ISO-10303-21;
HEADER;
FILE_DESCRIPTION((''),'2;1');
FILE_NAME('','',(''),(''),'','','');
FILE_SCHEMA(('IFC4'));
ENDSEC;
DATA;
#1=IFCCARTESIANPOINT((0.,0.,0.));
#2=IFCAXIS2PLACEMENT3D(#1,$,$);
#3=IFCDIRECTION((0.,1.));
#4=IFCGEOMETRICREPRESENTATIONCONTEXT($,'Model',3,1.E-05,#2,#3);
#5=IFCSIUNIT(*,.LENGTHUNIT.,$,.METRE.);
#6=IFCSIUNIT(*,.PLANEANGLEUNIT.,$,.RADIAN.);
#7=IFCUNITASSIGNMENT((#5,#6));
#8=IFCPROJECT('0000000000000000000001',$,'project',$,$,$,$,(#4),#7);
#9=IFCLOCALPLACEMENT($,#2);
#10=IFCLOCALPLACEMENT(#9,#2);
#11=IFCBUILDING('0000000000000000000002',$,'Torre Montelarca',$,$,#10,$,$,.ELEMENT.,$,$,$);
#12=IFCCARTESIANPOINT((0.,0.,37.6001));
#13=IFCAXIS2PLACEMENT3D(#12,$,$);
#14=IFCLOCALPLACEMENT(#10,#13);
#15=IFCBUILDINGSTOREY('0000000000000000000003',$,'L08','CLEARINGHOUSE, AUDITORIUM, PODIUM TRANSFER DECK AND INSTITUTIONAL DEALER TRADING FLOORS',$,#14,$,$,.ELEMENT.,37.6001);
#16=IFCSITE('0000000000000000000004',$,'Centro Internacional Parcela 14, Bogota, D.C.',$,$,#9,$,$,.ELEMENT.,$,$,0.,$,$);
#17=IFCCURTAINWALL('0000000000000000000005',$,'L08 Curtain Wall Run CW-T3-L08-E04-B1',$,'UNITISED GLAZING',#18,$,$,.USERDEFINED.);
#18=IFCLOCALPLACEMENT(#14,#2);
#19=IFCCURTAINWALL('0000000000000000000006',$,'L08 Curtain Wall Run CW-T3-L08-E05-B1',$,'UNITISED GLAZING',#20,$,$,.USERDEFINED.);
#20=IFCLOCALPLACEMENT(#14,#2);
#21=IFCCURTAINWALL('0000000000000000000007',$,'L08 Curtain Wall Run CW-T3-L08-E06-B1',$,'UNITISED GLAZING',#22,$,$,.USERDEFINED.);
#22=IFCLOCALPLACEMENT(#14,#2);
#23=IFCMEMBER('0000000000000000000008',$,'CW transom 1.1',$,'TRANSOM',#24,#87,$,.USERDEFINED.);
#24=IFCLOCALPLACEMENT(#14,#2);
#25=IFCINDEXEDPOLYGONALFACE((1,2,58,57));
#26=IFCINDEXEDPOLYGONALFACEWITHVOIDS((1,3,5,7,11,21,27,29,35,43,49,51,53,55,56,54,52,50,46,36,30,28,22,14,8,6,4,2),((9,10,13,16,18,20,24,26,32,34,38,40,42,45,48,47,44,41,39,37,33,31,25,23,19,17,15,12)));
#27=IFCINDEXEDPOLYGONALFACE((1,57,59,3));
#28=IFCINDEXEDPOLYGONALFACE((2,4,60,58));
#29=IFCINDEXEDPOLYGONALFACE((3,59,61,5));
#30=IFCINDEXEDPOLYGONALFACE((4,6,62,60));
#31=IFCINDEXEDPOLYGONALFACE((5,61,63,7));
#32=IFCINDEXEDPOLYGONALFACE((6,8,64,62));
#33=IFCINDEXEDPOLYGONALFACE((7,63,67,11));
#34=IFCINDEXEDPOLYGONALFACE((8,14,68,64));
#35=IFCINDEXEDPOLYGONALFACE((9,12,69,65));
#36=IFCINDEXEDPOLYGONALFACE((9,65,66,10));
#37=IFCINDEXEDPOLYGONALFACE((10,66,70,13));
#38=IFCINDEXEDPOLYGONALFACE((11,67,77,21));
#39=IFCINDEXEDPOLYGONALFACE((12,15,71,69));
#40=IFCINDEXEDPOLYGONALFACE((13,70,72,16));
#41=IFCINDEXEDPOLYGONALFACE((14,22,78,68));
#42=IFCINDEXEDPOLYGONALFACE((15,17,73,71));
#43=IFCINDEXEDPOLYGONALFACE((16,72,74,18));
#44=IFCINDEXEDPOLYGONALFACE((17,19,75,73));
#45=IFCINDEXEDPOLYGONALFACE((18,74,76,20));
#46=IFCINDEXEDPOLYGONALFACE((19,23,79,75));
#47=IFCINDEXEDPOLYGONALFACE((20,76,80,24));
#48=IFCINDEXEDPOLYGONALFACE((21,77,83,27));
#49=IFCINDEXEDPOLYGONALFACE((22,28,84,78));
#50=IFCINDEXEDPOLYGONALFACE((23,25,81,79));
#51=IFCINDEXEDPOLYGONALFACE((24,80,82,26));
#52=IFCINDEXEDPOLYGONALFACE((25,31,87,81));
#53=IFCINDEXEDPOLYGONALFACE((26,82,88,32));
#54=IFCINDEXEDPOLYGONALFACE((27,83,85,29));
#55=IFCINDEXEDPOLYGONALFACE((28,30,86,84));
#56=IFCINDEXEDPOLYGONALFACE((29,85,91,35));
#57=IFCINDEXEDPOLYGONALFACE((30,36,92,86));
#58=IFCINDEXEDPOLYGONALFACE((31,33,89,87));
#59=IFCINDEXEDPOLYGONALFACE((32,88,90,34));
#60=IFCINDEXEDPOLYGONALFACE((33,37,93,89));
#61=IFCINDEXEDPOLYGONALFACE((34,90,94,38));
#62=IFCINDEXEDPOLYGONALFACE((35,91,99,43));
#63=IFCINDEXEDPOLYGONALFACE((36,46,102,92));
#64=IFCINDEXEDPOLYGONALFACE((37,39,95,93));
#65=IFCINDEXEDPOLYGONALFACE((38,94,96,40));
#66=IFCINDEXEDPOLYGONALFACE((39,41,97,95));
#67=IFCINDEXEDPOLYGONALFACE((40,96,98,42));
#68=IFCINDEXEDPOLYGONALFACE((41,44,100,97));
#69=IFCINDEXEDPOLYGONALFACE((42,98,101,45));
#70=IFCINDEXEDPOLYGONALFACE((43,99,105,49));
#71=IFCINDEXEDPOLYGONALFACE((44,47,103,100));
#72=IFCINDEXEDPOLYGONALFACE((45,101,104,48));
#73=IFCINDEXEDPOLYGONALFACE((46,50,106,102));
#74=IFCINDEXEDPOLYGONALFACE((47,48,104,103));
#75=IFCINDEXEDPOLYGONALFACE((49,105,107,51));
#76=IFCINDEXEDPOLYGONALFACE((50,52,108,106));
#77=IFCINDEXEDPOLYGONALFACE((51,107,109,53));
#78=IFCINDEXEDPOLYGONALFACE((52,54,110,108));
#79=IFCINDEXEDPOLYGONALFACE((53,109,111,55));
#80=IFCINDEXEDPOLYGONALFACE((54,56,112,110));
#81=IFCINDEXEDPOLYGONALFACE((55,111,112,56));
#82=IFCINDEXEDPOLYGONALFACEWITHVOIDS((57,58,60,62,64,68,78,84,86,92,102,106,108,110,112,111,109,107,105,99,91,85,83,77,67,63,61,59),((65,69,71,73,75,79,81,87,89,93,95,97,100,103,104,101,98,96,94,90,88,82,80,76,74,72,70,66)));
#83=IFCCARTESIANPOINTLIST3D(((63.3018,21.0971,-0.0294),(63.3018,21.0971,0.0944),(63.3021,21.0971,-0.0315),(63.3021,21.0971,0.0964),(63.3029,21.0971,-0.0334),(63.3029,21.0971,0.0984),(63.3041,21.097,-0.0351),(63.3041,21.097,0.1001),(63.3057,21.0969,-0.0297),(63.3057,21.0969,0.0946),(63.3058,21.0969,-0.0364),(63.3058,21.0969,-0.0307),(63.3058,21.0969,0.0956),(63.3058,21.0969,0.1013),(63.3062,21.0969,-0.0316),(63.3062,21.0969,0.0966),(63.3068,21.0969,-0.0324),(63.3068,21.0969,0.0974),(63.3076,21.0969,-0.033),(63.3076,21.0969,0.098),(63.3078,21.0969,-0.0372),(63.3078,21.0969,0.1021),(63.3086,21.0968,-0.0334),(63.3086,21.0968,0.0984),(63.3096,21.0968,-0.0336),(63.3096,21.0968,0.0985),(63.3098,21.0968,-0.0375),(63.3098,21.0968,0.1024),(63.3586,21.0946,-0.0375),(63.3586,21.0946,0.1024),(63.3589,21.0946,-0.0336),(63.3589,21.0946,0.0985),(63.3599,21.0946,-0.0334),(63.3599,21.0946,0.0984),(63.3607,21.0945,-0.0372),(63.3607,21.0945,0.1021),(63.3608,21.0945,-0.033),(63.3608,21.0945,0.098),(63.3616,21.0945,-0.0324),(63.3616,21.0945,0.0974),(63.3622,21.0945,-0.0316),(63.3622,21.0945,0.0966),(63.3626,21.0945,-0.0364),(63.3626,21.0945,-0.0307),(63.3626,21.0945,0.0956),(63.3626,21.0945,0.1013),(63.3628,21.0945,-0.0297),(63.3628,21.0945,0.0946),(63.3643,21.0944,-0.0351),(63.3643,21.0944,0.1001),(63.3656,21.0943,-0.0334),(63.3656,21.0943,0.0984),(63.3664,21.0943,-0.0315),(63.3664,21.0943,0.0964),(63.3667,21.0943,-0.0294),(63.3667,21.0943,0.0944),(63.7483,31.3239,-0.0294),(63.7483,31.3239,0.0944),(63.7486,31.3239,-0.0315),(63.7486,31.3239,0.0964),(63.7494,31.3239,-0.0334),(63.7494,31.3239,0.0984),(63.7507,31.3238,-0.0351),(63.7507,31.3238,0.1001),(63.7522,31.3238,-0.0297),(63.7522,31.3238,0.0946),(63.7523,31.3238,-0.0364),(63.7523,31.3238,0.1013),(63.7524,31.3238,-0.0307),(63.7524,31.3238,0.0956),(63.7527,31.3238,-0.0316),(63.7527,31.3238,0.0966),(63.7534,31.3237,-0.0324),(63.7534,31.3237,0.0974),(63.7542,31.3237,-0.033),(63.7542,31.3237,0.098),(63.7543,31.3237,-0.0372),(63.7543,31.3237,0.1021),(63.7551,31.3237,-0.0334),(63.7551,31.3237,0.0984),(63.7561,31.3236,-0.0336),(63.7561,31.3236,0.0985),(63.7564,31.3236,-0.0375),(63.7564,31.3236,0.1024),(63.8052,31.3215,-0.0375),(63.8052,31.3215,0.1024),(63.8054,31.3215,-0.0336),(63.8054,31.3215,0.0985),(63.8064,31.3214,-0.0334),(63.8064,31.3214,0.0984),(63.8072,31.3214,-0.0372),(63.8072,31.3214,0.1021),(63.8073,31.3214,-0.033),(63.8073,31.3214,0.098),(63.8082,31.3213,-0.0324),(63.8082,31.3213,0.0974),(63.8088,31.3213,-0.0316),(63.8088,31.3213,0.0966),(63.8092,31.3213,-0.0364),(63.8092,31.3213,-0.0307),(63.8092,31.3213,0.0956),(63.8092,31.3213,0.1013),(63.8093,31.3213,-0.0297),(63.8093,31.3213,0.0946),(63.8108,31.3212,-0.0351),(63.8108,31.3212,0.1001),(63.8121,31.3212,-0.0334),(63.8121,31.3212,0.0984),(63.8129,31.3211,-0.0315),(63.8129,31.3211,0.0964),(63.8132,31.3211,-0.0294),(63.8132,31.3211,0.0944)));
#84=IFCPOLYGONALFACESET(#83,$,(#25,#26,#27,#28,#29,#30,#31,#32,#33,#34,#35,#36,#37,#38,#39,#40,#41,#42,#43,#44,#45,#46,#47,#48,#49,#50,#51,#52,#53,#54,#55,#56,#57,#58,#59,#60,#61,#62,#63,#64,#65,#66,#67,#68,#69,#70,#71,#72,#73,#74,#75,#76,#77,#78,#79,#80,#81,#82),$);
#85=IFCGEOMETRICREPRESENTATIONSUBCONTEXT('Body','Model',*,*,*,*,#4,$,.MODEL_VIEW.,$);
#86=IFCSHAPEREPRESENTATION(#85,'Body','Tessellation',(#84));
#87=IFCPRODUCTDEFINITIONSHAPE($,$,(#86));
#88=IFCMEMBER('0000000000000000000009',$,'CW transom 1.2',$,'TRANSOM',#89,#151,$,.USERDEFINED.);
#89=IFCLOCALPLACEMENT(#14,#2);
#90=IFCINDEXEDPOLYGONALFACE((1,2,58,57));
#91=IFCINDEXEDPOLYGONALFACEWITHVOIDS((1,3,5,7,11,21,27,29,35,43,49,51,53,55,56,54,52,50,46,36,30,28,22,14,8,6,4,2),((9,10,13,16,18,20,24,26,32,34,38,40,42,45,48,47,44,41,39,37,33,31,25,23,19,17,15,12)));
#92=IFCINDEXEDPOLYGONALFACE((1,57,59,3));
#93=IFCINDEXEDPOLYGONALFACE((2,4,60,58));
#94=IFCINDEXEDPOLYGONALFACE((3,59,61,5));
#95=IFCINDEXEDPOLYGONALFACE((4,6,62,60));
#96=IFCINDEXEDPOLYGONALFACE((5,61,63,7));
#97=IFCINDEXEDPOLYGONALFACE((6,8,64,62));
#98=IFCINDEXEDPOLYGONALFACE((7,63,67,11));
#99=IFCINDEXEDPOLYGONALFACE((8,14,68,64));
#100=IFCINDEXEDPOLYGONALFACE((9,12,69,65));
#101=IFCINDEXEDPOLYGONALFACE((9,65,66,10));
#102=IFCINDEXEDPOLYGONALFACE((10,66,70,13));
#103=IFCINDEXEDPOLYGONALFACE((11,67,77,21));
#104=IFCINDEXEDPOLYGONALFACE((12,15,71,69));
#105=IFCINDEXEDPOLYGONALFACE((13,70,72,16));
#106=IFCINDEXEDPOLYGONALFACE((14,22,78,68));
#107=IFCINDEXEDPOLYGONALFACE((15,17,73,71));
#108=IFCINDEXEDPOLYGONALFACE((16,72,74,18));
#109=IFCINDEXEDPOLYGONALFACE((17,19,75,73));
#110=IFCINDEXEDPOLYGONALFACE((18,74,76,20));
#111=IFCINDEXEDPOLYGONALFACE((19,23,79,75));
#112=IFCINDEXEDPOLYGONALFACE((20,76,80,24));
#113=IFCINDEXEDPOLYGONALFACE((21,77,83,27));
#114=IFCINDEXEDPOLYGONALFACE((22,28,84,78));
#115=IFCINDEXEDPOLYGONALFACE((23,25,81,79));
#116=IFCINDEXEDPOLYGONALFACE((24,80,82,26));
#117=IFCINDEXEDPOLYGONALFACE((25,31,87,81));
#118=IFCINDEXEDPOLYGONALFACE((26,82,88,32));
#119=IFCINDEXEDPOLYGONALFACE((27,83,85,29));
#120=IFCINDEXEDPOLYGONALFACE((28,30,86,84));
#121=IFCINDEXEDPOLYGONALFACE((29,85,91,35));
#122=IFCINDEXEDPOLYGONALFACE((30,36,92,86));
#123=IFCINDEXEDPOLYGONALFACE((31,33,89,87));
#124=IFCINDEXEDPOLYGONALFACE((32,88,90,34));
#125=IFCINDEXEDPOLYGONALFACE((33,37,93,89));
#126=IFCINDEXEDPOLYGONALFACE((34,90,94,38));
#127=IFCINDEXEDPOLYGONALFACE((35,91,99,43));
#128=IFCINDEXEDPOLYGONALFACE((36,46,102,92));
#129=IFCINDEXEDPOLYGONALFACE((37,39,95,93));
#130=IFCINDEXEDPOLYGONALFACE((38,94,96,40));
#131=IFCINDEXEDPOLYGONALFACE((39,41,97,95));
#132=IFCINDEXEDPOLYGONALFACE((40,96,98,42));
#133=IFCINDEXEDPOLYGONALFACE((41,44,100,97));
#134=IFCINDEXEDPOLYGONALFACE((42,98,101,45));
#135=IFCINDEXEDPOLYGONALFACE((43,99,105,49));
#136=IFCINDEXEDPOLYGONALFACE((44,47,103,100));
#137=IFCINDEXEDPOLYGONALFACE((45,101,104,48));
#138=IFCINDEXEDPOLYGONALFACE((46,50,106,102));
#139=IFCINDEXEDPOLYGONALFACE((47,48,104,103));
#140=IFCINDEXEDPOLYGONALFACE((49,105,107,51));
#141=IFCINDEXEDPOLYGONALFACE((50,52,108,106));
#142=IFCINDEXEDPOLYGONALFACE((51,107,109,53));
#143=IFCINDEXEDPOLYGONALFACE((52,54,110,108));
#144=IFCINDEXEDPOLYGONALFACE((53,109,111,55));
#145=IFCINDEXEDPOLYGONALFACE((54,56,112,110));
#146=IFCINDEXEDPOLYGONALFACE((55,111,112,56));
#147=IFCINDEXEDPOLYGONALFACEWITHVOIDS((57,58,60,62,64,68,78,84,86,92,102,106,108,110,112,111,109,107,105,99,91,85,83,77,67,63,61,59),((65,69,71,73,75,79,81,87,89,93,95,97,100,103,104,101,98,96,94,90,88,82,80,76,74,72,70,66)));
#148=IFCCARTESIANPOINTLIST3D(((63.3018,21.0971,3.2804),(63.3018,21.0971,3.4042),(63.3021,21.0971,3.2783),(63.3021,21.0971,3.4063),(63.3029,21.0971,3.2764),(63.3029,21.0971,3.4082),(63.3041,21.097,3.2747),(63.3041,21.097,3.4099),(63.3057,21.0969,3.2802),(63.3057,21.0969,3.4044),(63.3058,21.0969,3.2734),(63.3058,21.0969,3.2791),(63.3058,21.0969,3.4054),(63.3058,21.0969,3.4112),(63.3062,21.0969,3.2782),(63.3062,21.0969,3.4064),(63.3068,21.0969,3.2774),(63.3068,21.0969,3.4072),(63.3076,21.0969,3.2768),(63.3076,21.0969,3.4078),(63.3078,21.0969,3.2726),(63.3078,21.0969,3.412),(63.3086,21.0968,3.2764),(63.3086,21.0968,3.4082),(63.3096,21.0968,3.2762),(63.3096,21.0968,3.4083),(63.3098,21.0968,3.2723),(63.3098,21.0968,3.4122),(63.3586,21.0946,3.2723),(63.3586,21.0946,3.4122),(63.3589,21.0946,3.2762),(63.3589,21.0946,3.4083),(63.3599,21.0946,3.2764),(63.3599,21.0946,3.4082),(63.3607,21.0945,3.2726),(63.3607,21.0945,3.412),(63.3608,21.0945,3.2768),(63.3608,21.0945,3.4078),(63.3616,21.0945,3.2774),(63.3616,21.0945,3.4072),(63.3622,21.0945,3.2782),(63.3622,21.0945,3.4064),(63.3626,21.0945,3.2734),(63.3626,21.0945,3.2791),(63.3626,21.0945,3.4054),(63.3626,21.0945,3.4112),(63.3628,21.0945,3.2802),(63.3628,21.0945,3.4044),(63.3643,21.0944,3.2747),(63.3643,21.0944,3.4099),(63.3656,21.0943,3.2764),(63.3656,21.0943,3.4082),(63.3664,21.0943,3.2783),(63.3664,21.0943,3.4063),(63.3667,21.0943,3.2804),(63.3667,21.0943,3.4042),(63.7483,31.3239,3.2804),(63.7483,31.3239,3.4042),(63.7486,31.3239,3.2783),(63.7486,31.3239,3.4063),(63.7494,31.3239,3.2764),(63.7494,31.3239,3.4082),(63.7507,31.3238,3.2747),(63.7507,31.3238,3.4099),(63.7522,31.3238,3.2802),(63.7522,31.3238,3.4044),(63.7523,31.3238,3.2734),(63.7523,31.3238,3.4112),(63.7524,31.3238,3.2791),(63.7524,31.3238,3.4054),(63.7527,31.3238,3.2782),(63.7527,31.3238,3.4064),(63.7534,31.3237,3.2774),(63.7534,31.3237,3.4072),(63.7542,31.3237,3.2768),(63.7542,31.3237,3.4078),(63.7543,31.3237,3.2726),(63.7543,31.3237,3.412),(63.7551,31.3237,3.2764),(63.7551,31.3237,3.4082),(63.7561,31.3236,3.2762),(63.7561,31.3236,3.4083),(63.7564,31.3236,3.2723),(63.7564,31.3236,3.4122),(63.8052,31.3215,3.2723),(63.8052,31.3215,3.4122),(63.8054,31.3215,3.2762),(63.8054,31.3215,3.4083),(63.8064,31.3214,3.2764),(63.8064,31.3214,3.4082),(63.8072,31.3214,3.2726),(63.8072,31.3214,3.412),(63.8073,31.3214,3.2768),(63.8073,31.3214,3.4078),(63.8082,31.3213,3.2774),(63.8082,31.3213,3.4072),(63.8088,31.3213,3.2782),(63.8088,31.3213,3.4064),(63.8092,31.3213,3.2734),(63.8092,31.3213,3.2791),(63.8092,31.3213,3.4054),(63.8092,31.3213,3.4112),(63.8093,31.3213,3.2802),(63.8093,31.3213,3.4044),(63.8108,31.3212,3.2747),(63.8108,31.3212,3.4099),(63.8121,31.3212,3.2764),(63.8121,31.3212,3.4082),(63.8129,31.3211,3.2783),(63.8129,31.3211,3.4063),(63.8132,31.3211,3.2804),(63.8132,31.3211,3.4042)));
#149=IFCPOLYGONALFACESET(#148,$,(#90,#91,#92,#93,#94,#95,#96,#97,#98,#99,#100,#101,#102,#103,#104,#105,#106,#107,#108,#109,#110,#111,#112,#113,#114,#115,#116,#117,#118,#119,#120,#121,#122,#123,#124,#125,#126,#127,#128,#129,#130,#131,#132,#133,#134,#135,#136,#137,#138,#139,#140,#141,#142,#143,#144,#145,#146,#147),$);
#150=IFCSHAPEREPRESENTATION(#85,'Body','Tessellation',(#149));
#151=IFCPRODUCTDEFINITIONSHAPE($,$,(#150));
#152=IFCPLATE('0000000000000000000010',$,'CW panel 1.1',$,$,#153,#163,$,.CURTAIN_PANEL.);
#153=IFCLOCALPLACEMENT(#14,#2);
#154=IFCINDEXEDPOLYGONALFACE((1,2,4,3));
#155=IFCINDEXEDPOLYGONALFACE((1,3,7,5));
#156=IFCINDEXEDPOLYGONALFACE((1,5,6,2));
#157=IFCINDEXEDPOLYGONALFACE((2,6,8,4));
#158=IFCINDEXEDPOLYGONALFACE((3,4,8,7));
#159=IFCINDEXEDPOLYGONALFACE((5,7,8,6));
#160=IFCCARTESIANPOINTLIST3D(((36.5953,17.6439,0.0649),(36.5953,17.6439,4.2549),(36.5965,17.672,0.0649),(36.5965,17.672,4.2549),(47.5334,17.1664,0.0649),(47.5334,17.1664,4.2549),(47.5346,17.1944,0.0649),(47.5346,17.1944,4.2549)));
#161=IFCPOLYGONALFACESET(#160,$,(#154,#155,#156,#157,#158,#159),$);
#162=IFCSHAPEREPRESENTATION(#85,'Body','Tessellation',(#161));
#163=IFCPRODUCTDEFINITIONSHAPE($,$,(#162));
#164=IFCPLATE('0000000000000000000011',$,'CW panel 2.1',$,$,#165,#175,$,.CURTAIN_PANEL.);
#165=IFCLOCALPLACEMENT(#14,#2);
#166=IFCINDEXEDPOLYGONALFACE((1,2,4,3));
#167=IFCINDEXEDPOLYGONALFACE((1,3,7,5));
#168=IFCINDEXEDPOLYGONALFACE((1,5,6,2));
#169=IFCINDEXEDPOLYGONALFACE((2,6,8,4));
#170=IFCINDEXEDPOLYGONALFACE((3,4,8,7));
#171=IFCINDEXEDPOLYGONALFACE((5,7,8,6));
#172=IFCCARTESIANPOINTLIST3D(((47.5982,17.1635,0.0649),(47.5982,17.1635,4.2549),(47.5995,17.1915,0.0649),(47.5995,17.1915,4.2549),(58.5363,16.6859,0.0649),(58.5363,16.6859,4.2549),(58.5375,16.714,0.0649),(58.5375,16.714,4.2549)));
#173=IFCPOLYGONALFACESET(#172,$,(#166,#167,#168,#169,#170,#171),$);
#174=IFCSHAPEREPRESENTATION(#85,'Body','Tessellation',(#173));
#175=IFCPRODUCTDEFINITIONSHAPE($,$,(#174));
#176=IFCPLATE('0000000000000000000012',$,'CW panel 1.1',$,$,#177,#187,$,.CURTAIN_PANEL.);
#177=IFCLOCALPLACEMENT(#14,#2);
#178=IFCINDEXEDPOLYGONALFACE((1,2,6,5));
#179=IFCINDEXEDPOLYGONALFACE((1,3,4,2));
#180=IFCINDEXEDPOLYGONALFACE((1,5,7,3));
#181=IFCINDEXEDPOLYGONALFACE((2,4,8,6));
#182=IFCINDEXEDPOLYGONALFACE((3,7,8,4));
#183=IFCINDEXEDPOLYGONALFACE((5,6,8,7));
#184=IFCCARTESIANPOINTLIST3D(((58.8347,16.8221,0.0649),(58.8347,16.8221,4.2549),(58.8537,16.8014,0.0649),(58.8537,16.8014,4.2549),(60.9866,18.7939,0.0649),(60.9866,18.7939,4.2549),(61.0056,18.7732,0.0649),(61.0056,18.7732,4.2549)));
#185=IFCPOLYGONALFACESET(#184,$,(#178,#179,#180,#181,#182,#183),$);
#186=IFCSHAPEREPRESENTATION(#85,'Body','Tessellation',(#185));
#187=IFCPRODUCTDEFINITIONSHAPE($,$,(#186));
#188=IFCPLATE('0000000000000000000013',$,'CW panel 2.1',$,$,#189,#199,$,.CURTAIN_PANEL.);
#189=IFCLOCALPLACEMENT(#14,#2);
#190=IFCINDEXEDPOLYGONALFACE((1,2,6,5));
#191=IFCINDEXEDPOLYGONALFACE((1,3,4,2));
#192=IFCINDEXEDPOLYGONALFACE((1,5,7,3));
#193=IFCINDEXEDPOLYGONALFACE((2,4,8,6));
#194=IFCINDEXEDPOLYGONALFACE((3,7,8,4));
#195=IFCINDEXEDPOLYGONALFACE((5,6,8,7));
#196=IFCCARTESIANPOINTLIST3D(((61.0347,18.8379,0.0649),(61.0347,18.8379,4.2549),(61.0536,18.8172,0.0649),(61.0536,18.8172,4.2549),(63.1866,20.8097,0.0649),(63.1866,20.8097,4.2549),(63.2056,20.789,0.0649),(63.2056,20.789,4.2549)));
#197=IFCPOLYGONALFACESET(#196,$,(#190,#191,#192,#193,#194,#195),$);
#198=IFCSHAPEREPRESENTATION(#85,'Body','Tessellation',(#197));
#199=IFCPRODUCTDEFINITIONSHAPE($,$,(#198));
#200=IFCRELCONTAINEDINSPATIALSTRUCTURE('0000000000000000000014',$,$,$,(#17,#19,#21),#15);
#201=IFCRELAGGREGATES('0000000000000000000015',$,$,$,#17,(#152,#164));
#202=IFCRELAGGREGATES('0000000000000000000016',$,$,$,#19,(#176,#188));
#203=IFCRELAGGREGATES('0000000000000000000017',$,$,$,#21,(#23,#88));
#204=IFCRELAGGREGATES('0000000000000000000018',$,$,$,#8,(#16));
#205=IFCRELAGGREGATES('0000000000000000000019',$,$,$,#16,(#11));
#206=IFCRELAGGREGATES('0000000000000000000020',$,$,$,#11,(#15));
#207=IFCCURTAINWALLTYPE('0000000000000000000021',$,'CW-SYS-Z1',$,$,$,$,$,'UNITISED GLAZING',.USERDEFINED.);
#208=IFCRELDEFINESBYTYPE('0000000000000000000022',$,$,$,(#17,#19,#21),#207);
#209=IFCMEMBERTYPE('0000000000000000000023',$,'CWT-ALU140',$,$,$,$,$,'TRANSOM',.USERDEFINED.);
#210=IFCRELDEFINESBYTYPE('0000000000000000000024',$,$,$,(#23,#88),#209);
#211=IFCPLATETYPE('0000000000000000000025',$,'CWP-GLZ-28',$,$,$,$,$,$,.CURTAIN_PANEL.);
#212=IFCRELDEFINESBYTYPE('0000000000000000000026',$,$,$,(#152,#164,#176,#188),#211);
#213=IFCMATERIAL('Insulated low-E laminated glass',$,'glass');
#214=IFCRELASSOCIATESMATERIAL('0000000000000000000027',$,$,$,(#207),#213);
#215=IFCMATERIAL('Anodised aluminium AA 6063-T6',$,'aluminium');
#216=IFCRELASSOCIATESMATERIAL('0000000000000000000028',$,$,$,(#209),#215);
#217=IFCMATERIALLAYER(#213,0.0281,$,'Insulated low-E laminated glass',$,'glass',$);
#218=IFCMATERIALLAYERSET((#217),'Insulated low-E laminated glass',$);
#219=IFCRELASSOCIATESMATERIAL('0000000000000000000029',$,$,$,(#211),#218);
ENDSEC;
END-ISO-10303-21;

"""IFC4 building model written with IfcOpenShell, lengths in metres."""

from ifc_helpers import new_model, si_unit, direction, frame, origin, origin_2d, place, context, subcontext, project, spatial, rectangle, hollow_rectangle, extrude, source, transform, mapped, material, layer, layer_set, material_profile, profile_set, type_object, element, aggregate, save


model = new_model("IFC4")

# Units and contexts
model_context = context("Model", 3, precision=1e-05, world=origin(), true_north=direction((0.0, 1.0)))
body_context = subcontext(model_context, "Body", "Model", "MODEL_VIEW")
ifc_project = project(units=[si_unit("LENGTHUNIT", "METRE"), si_unit("PLANEANGLEUNIT", "RADIAN")], contexts=[model_context])

# Site, building, storey
site_placement = place(None, origin())
site = spatial("IfcSite", under=ifc_project, at=site_placement, Name="Centro Internacional Parcela 14, Bogota, D.C.", CompositionType="ELEMENT", RefElevation=0.0)
building_placement = place(site_placement, origin())
building = spatial("IfcBuilding", under=site, at=building_placement, Name="Torre Montelarca", CompositionType="ELEMENT")
storey_placement = place(building_placement, frame((0.0, 0.0, 37.6001)))
storey = spatial("IfcBuildingStorey", under=building, at=storey_placement, Name="L08", Description="CLEARINGHOUSE, AUDITORIUM, PODIUM TRANSFER DECK AND INSTITUTIONAL DEALER TRADING FLOORS", CompositionType="ELEMENT", Elevation=37.6001)

# Curtain walls
ifc_material_1 = material(Name="Insulated low-E laminated glass", Category="glass")
curtain_wall_type = type_object("IfcCurtainWallType", Name="CW-SYS-Z1", ElementType="UNITISED GLAZING", PredefinedType="USERDEFINED", material=ifc_material_1)
curtain_wall_1_placement = place(storey_placement, origin())
curtain_wall_1 = element("IfcCurtainWall", 1, at=curtain_wall_1_placement, inside=storey, type_object=curtain_wall_type, Name="L08 Curtain Wall Run CW-T3-L08-E04-B1", ObjectType="UNITISED GLAZING", PredefinedType="USERDEFINED")
ifc_material_2 = material(Name="Anodised aluminium AA 6063-T6", Category="aluminium")
ifc_material_profile_1 = material_profile(ifc_material_2, hollow_rectangle(XDim=0.0649, YDim=0.1399, WallThickness=0.0039, InnerFilletRadius=0.0039, OuterFilletRadius=0.0081, at=origin_2d()), Name="ALU65X140X4", Category="aluminium")
ifc_profile_set_1 = profile_set([ifc_material_profile_1], Name="Anodised aluminium AA 6063-T6")
member_type_1 = type_object("IfcMemberType", Name="CWT-ALU140", ElementType="TRANSOM", PredefinedType="USERDEFINED", material=ifc_profile_set_1)
curtain_wall_2_placement = place(storey_placement, origin())
curtain_wall_2 = element("IfcCurtainWall", 2, at=curtain_wall_2_placement, inside=storey, type_object=curtain_wall_type, Name="L08 Curtain Wall Run CW-T3-L08-E05-B1", ObjectType="UNITISED GLAZING", PredefinedType="USERDEFINED")

# Curtain wall, members
curtain_wall_3_placement = place(storey_placement, origin())
curtain_wall_3 = element("IfcCurtainWall", 3, at=curtain_wall_3_placement, inside=storey, type_object=curtain_wall_type, Name="L08 Curtain Wall Run CW-T3-L08-E06-B1", ObjectType="UNITISED GLAZING", PredefinedType="USERDEFINED")
shared_shape_1 = source(origin(), body_context, "Body", "SweptSolid", [
    extrude(hollow_rectangle(XDim=0.0649, YDim=0.1399, WallThickness=0.0039, InnerFilletRadius=0.0039, OuterFilletRadius=0.0081, at=origin_2d()), origin(), (0.0, 0.0, 1.0), 10.2366),
])
member_1_placement = place(storey_placement, frame((63.3342, 21.0957, 0.0325), z_axis=(0.043621, 0.999048, 0.0), x_axis=(-0.999048, 0.043621, 0.0)))
member_1 = element("IfcMember", 4, at=member_1_placement, type_object=member_type_1, Name="CW transom 1.1", ObjectType="TRANSOM", PredefinedType="USERDEFINED", context=body_context, shape_type="MappedRepresentation", body=[
    mapped(shared_shape_1, transform((0.0, 0.0, 0.0), scale=1.0)),
])
member_2_placement = place(storey_placement, frame((63.3342, 21.0957, 3.3423), z_axis=(0.043621, 0.999048, 0.0), x_axis=(-0.999048, 0.043621, 0.0)))
member_2 = element("IfcMember", 5, at=member_2_placement, type_object=member_type_1, Name="CW transom 1.2", ObjectType="TRANSOM", PredefinedType="USERDEFINED", context=body_context, shape_type="MappedRepresentation", body=[
    mapped(shared_shape_1, transform((0.0, 0.0, 0.0), scale=1.0)),
])

# Plates
ifc_layer_1 = layer(ifc_material_1, 0.0281, Name="Insulated low-E laminated glass", Category="glass")
ifc_layer_set_1 = layer_set([ifc_layer_1], Name="Insulated low-E laminated glass")
plate_type = type_object("IfcPlateType", Name="CWP-GLZ-28", PredefinedType="CURTAIN_PANEL", material=ifc_layer_set_1)
shared_shape_2 = source(origin(), body_context, "Body", "SweptSolid", [
    extrude(rectangle(XDim=10.9485, YDim=0.0281, at=origin_2d()), origin(), (0.0, 0.0, 1.0), 4.1899),
])
plate_1_placement = place(storey_placement, frame((42.0649, 17.4192, 0.0649), z_axis=(0.0, 0.0, 1.0), x_axis=(0.999048, -0.043617, 0.0)))
plate_1 = element("IfcPlate", 6, at=plate_1_placement, type_object=plate_type, Name="CW panel 1.1", PredefinedType="CURTAIN_PANEL", context=body_context, shape_type="MappedRepresentation", body=[
    mapped(shared_shape_2, transform((0.0, 0.0, 0.0), scale=1.0)),
])
plate_2_placement = place(storey_placement, frame((53.0679, 16.9387, 0.0649), z_axis=(0.0, 0.0, 1.0), x_axis=(0.999048, -0.043617, 0.0)))
plate_2 = element("IfcPlate", 7, at=plate_2_placement, type_object=plate_type, Name="CW panel 2.1", PredefinedType="CURTAIN_PANEL", context=body_context, shape_type="MappedRepresentation", body=[
    mapped(shared_shape_2, transform((0.0, 0.0, 0.0), scale=1.0)),
])
aggregate(curtain_wall_1, [plate_1, plate_2])
shared_shape_3 = source(origin(), body_context, "Body", "SweptSolid", [
    extrude(rectangle(XDim=2.9187, YDim=0.0281, at=origin_2d()), origin(), (0.0, 0.0, 1.0), 4.1899),
])
plate_3_placement = place(storey_placement, frame((59.9202, 17.7976, 0.0649), z_axis=(0.0, 0.0, 1.0), x_axis=(0.737292, 0.675574, 0.0)))
plate_3 = element("IfcPlate", 8, at=plate_3_placement, type_object=plate_type, Name="CW panel 1.1", PredefinedType="CURTAIN_PANEL", context=body_context, shape_type="MappedRepresentation", body=[
    mapped(shared_shape_3, transform((0.0, 0.0, 0.0), scale=1.0)),
])
plate_4_placement = place(storey_placement, frame((62.1201, 19.8135, 0.0649), z_axis=(0.0, 0.0, 1.0), x_axis=(0.737292, 0.675574, 0.0)))
plate_4 = element("IfcPlate", 9, at=plate_4_placement, type_object=plate_type, Name="CW panel 2.1", PredefinedType="CURTAIN_PANEL", context=body_context, shape_type="MappedRepresentation", body=[
    mapped(shared_shape_3, transform((0.0, 0.0, 0.0), scale=1.0)),
])
aggregate(curtain_wall_2, [plate_3, plate_4])
aggregate(curtain_wall_3, [member_1, member_2])

save(model, "model.ifc")
